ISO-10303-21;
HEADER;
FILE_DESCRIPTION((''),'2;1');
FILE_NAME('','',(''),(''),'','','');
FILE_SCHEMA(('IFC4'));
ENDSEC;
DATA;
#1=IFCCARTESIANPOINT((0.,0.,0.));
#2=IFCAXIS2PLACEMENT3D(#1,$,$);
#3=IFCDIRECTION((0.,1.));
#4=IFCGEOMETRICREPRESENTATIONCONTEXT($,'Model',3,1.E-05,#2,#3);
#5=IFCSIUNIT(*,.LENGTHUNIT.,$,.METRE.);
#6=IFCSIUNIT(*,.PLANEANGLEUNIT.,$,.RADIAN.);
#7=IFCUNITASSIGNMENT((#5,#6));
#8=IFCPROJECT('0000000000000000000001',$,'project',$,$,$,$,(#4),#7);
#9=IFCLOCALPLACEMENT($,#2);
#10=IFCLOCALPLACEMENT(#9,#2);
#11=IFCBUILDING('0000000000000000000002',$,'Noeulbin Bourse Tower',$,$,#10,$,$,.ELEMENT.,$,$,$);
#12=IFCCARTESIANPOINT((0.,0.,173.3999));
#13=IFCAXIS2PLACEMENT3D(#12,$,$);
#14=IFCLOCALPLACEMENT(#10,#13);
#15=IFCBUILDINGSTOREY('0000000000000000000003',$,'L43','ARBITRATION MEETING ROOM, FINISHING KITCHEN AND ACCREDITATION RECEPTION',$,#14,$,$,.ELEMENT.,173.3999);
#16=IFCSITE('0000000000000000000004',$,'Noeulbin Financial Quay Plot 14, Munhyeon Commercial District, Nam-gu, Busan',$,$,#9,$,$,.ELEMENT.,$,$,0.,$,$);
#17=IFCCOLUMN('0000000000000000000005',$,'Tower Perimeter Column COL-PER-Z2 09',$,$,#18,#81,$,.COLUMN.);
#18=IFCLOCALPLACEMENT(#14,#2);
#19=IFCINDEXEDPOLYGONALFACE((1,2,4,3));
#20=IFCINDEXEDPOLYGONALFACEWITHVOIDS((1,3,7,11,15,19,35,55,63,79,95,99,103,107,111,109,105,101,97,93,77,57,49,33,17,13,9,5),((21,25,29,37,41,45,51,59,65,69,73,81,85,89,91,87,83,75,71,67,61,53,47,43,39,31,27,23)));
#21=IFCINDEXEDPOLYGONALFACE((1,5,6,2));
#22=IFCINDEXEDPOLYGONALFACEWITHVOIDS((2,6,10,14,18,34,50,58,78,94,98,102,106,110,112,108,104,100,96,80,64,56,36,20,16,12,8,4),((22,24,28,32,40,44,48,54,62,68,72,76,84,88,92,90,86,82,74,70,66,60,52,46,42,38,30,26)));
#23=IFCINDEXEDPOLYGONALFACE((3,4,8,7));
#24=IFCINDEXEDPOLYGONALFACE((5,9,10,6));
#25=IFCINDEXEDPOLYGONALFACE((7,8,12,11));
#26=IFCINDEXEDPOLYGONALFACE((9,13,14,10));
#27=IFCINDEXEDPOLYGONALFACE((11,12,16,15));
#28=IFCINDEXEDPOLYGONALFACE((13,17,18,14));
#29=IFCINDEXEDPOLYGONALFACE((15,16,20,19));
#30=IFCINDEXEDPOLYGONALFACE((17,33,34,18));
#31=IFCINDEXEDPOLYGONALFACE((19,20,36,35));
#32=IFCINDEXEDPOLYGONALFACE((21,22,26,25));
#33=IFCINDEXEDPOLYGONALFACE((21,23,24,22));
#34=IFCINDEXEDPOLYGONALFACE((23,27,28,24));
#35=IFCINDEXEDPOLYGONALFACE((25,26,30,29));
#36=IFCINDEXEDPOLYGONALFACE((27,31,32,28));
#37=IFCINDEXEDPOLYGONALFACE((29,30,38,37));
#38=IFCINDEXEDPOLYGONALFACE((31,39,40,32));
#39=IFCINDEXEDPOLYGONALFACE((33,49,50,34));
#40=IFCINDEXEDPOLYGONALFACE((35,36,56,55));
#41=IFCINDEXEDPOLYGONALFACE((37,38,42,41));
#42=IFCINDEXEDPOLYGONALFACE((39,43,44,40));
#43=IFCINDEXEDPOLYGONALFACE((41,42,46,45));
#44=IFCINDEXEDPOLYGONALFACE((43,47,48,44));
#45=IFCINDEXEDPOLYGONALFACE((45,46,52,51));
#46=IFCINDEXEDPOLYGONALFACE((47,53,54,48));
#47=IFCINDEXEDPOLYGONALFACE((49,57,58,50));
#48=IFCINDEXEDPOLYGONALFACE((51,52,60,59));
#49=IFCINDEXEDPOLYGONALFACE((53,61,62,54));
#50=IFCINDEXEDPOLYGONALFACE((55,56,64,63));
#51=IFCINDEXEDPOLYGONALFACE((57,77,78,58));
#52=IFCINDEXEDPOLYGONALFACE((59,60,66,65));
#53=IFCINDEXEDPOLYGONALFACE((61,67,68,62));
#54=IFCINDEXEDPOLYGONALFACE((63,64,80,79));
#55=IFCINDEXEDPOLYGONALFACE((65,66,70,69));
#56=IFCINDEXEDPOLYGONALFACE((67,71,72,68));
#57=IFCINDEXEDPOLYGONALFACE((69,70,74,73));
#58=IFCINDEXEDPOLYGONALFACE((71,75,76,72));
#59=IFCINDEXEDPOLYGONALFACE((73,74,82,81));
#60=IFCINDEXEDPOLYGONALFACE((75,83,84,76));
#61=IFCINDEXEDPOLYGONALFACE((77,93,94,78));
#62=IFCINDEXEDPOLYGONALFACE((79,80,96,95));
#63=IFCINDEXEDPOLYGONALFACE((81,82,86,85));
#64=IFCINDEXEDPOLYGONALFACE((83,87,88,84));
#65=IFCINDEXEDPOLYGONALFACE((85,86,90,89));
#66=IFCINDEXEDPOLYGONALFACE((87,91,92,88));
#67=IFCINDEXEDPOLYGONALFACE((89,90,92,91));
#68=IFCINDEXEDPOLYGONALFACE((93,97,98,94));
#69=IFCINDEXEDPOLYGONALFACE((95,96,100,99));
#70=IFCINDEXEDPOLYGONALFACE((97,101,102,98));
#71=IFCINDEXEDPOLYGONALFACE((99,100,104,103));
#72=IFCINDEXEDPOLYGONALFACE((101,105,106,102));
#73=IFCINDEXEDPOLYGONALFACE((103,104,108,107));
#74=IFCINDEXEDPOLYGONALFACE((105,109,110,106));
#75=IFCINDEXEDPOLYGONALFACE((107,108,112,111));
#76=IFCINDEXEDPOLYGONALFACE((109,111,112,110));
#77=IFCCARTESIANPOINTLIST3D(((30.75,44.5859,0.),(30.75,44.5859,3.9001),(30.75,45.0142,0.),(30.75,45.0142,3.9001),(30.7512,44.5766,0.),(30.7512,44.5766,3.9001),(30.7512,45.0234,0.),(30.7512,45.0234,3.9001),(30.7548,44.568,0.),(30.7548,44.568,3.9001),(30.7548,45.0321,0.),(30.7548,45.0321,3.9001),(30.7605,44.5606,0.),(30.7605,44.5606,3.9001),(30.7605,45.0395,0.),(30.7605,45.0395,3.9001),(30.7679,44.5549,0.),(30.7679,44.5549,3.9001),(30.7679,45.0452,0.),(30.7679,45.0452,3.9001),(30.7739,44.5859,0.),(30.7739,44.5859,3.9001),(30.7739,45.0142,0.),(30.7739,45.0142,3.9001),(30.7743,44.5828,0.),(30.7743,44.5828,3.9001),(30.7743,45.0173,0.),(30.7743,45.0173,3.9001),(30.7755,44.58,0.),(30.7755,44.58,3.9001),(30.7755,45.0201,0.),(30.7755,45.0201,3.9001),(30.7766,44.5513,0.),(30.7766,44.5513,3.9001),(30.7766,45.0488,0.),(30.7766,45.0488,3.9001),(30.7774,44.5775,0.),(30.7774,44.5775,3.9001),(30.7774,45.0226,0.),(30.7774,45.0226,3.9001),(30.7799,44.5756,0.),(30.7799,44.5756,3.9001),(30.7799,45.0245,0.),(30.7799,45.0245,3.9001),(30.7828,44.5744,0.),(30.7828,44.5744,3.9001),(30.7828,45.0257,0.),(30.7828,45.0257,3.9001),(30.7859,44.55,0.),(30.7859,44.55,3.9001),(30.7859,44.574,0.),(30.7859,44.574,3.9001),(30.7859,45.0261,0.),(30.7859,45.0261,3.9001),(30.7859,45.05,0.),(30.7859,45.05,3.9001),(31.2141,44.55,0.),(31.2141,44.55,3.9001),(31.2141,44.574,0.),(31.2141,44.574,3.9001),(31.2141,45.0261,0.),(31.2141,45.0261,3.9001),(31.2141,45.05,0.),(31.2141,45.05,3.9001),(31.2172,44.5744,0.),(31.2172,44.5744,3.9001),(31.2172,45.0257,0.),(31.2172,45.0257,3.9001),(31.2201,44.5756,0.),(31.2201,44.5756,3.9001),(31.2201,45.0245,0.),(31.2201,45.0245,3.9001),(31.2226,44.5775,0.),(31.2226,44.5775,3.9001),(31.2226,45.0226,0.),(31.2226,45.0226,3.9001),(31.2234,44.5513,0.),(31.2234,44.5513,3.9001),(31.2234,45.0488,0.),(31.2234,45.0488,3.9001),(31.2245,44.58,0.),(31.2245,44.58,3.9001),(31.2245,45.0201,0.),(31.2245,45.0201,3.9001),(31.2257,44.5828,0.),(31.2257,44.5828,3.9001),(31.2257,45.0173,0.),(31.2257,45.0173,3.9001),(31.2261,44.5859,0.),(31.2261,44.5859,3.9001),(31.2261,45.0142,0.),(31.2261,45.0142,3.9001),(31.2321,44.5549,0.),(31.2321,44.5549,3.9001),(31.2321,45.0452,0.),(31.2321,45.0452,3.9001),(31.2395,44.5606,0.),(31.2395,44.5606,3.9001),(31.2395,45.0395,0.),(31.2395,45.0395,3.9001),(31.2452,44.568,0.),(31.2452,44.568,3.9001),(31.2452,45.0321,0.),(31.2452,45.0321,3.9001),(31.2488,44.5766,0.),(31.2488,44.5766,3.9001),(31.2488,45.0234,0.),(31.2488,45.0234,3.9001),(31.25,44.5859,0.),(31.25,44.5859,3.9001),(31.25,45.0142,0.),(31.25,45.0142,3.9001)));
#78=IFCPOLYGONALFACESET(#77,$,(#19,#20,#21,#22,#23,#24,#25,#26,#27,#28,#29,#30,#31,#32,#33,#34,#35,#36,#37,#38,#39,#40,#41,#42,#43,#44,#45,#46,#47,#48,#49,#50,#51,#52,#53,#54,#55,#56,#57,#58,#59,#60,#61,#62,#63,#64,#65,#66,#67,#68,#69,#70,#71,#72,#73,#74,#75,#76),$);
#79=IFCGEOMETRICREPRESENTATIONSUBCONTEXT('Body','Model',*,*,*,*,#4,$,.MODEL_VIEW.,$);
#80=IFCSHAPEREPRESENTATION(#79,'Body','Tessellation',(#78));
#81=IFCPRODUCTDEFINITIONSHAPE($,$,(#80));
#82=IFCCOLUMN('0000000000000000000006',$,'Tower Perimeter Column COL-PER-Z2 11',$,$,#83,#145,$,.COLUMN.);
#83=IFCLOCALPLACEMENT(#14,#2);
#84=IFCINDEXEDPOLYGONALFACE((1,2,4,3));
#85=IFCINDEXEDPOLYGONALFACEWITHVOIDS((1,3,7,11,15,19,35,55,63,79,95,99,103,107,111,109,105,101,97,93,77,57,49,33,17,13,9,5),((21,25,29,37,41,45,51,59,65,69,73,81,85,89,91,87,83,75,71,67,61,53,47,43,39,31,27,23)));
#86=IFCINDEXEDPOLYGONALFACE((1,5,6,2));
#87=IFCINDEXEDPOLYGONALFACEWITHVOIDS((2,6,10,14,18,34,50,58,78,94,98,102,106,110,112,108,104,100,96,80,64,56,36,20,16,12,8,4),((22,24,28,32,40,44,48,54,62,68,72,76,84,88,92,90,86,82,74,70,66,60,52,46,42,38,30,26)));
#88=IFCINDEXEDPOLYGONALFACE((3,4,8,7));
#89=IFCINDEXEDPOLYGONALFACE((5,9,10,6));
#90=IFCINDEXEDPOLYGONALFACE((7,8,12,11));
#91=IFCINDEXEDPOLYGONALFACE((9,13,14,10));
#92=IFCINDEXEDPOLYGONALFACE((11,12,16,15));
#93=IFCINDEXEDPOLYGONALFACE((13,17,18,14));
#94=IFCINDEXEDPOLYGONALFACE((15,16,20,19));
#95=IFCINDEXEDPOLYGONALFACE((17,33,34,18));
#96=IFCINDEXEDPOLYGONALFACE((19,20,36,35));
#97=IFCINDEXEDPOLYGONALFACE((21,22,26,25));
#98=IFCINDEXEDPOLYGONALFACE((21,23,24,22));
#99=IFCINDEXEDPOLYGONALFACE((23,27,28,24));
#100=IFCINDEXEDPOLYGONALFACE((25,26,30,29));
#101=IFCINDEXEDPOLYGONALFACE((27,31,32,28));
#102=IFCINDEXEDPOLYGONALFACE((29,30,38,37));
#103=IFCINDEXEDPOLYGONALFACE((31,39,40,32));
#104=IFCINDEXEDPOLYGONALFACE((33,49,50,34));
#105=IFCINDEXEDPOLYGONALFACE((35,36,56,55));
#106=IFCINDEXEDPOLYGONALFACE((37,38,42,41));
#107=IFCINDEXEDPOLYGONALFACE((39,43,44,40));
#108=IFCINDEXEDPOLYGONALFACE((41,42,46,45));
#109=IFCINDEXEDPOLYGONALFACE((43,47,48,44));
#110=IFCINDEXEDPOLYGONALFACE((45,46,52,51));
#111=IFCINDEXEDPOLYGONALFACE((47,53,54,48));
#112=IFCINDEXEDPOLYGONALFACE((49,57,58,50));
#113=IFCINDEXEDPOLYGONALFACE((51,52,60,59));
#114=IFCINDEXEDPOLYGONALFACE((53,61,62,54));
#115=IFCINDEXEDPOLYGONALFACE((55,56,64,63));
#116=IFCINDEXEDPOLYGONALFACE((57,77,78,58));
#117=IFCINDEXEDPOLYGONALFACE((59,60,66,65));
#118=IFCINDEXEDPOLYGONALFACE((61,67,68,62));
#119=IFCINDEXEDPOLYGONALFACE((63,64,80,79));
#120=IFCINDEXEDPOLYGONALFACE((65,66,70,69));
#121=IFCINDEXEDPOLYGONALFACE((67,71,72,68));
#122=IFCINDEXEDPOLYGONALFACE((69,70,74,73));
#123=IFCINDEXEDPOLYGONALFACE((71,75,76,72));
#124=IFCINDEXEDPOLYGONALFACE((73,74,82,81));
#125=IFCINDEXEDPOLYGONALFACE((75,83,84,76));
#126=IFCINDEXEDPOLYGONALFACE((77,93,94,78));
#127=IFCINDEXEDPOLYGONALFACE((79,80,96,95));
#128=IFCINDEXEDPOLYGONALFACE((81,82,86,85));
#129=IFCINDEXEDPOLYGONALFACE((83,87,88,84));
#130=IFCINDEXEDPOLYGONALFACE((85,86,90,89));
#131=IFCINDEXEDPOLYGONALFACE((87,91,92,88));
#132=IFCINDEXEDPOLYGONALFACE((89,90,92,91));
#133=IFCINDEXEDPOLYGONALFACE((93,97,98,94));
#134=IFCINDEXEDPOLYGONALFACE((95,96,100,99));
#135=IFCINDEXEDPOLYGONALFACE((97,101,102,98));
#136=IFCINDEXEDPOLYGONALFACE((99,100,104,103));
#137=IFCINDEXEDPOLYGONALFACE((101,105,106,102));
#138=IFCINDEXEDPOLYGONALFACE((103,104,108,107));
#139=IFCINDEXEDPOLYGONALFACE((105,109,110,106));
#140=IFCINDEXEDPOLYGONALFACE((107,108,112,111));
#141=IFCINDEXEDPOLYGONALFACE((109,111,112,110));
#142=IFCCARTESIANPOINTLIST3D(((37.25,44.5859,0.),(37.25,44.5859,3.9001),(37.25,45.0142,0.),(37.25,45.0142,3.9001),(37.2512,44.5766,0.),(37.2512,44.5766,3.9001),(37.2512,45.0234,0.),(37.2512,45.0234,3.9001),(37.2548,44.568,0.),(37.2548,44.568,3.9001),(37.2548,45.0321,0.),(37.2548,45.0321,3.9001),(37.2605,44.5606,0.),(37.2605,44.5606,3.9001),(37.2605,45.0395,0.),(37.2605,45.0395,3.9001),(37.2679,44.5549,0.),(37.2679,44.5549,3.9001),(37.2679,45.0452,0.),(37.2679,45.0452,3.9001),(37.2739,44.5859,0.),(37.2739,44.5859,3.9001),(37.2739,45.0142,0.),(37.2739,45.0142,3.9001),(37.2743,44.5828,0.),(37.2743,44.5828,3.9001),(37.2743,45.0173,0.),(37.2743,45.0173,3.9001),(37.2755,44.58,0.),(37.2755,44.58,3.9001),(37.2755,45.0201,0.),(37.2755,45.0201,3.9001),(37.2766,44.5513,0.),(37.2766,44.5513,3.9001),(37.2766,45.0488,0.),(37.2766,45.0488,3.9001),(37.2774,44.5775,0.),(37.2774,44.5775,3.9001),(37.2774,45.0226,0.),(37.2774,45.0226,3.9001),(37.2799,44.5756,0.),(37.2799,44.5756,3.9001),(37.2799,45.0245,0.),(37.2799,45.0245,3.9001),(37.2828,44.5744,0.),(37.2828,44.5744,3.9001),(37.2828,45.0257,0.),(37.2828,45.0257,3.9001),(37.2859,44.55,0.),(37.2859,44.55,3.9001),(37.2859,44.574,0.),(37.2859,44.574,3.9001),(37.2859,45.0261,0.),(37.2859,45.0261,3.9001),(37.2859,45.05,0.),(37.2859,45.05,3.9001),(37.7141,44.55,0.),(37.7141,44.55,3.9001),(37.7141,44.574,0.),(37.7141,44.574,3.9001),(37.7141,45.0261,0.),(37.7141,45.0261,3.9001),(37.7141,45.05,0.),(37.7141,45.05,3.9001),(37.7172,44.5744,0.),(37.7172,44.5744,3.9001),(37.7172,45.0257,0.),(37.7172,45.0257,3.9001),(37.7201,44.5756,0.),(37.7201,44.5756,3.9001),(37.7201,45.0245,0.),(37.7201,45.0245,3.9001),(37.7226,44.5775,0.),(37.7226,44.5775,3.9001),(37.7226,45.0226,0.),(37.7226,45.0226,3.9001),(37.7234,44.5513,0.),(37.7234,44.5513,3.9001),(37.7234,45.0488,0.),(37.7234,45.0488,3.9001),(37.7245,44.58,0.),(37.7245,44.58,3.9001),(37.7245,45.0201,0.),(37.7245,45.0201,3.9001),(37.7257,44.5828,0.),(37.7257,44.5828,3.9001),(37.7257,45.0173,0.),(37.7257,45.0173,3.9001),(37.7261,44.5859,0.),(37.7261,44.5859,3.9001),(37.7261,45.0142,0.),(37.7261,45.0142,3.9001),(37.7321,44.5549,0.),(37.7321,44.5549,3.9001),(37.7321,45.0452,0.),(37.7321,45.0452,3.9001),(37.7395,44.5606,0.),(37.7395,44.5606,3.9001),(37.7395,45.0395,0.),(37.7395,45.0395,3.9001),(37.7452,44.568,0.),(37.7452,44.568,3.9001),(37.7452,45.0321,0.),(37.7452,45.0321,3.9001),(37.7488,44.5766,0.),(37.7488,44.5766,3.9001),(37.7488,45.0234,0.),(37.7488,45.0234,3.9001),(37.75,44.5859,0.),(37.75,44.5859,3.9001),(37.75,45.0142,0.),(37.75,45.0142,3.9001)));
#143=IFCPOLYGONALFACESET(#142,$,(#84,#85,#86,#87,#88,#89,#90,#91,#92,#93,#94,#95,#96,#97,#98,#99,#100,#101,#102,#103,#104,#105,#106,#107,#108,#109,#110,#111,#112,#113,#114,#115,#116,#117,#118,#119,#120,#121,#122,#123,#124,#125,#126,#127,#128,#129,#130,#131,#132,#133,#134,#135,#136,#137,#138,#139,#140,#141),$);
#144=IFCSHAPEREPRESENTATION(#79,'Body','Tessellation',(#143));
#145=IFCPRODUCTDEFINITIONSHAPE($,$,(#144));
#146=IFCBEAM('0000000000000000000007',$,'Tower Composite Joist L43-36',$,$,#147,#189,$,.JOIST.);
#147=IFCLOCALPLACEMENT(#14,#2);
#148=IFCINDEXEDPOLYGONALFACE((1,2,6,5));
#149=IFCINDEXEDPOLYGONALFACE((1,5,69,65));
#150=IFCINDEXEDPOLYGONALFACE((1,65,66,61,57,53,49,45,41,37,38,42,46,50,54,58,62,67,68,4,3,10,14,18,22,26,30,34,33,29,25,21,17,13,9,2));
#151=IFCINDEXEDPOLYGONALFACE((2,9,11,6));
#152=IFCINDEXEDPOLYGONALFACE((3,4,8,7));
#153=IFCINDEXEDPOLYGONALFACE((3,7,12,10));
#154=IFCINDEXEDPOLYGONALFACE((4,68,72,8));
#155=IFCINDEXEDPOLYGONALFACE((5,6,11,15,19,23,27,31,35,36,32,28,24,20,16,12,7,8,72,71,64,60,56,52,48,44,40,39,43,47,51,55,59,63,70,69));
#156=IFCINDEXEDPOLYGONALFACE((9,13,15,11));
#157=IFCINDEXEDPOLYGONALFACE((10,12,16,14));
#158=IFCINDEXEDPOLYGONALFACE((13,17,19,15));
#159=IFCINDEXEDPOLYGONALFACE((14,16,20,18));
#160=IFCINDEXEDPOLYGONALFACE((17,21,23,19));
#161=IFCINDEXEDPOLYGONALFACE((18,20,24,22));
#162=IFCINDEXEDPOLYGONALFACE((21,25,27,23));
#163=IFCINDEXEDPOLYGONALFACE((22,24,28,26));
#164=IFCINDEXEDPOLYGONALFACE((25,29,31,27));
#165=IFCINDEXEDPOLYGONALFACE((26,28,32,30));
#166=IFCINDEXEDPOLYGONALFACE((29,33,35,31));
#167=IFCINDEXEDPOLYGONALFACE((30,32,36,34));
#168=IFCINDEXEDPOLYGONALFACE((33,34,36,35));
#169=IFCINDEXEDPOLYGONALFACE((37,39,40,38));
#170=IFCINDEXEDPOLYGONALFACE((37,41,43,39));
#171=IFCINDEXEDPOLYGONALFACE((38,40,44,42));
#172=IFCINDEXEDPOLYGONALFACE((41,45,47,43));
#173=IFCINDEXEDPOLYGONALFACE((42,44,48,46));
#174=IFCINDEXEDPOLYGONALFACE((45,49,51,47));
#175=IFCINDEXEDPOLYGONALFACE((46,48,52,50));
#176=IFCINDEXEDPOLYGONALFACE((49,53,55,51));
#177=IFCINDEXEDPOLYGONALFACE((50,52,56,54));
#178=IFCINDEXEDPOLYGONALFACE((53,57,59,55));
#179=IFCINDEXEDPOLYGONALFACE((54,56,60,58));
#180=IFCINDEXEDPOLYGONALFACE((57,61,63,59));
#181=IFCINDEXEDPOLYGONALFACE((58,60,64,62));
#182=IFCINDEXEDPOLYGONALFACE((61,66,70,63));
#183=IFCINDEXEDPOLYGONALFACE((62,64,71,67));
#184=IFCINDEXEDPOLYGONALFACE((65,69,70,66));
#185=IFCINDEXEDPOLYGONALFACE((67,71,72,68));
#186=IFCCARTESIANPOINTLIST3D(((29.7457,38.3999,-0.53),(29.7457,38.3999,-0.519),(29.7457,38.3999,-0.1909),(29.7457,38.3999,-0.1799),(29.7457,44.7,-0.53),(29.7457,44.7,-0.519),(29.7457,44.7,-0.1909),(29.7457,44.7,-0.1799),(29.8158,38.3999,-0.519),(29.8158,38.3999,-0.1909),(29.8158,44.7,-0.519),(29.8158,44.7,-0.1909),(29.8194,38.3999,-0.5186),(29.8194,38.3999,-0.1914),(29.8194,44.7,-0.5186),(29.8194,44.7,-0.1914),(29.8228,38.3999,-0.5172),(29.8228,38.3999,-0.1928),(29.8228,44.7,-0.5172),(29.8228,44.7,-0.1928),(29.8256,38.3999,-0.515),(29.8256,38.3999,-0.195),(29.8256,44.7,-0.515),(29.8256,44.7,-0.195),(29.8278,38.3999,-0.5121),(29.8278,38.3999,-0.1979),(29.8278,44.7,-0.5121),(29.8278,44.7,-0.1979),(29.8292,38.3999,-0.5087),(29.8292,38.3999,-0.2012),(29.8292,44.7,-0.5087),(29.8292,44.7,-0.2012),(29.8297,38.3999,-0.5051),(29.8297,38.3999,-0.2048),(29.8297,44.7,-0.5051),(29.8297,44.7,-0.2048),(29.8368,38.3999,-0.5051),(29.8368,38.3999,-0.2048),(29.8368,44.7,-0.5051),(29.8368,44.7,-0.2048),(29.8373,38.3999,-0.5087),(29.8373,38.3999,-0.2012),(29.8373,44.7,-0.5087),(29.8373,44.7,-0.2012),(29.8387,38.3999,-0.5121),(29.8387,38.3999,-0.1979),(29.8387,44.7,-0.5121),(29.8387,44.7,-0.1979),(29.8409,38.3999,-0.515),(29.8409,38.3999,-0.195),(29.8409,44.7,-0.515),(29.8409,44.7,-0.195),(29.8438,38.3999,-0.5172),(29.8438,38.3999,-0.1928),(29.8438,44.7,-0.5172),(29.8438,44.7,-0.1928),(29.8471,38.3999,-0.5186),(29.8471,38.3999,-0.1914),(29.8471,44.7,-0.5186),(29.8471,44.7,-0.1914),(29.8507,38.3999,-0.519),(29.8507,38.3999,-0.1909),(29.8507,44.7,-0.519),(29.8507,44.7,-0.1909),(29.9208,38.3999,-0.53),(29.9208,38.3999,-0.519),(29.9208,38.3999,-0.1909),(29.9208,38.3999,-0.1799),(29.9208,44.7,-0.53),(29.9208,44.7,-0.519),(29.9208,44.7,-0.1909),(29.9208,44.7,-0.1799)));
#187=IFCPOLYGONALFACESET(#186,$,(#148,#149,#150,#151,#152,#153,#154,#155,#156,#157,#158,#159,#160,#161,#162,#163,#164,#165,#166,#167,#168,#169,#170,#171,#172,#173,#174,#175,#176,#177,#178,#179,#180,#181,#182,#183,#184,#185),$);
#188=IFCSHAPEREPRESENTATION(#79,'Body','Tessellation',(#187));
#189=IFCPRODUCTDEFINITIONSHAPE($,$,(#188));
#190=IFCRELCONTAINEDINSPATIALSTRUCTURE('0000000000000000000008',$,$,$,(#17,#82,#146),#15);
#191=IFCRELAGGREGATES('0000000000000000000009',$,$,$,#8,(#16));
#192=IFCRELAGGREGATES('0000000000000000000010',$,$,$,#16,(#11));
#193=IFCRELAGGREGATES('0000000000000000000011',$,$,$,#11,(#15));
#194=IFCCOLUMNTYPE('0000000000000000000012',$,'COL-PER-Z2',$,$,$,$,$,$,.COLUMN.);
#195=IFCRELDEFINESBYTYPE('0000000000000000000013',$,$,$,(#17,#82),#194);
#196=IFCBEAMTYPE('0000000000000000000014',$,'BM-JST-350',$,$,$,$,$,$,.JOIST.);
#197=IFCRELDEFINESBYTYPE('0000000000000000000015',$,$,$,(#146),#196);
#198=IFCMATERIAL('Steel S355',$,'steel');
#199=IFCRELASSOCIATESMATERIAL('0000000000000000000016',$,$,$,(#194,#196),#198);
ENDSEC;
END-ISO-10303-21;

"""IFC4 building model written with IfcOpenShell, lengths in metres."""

from ifc_helpers import new_model, si_unit, direction, frame, origin, origin_2d, place, context, subcontext, project, spatial, hollow_rectangle, i_section, extrude, material, material_profile, profile_set, type_object, element, save


model = new_model("IFC4")

# Units and contexts
model_context = context("Model", 3, precision=1e-05, world=origin(), true_north=direction((0.0, 1.0)))
body_context = subcontext(model_context, "Body", "Model", "MODEL_VIEW")
ifc_project = project(units=[si_unit("LENGTHUNIT", "METRE"), si_unit("PLANEANGLEUNIT", "RADIAN")], contexts=[model_context])

# Site, building, storey
site_placement = place(None, origin())
site = spatial("IfcSite", under=ifc_project, at=site_placement, Name="Noeulbin Financial Quay Plot 14, Munhyeon Commercial District, Nam-gu, Busan", CompositionType="ELEMENT", RefElevation=0.0)
building_placement = place(site_placement, origin())
building = spatial("IfcBuilding", under=site, at=building_placement, Name="Noeulbin Bourse Tower", CompositionType="ELEMENT")
storey_placement = place(building_placement, frame((0.0, 0.0, 173.3999)))
storey = spatial("IfcBuildingStorey", under=building, at=storey_placement, Name="L43", Description="ARBITRATION MEETING ROOM, FINISHING KITCHEN AND ACCREDITATION RECEPTION", CompositionType="ELEMENT", Elevation=173.3999)

# Columns
ifc_material_1 = material(Name="Steel S355", Category="steel")
ifc_material_profile_1 = material_profile(ifc_material_1, hollow_rectangle(XDim=0.5, YDim=0.5, WallThickness=0.0239, InnerFilletRadius=0.012, OuterFilletRadius=0.0359, at=origin_2d()), Name="BOX-500x500x24", Category="LoadBearing")
ifc_profile_set_1 = profile_set([ifc_material_profile_1], Name="Steel S355")
column_type = type_object("IfcColumnType", Name="COL-PER-Z2", PredefinedType="COLUMN", material=ifc_profile_set_1)
for number, where, z_axis, x_axis, name in (
    (1, (31.0, 44.8, 0.0), (0.0, 0.0, 1.0), (1.0, 0.0, 0.0), "Tower Perimeter Column COL-PER-Z2 09"),
    (2, (37.5, 44.8, 0.0), (0.0, 0.0, 1.0), (1.0, 0.0, 0.0), "Tower Perimeter Column COL-PER-Z2 11"),
):
    element("IfcColumn", number, at=place(storey_placement, frame(where, z_axis=z_axis, x_axis=x_axis)), inside=storey, type_object=column_type, Name=name, PredefinedType="COLUMN", context=body_context, shape_type="SweptSolid", body=[
        extrude(hollow_rectangle(XDim=0.5, YDim=0.5, WallThickness=0.0239, InnerFilletRadius=0.012, OuterFilletRadius=0.0359, at=origin_2d()), origin(), (0.0, 0.0, 1.0), 3.9001),
    ])

# Beam
ifc_material_profile_2 = material_profile(ifc_material_1, i_section(OverallWidth=0.175, OverallDepth=0.3501, WebThickness=0.0071, FlangeThickness=0.011, FilletRadius=0.0139, at=origin_2d()), Name="H-350x175x7x11", Category="LoadBearing")
ifc_profile_set_2 = profile_set([ifc_material_profile_2], Name="Steel S355")
beam_type_1 = type_object("IfcBeamType", Name="BM-JST-350", PredefinedType="JOIST", material=ifc_profile_set_2)
for number, where, z_axis, x_axis, name in (
    (3, (29.8333, 38.3999, -0.355), (0.0, 1.0, 0.0), (-1.0, 0.0, 0.0), "Tower Composite Joist L43-36"),
):
    element("IfcBeam", number, at=place(storey_placement, frame(where, z_axis=z_axis, x_axis=x_axis)), inside=storey, type_object=beam_type_1, Name=name, PredefinedType="JOIST", context=body_context, shape_type="SweptSolid", body=[
        extrude(i_section(OverallWidth=0.175, OverallDepth=0.3501, WebThickness=0.0071, FlangeThickness=0.011, FilletRadius=0.0139, at=origin_2d()), origin(), (0.0, 0.0, 1.0), 6.3),
    ])

save(model, "model.ifc")
